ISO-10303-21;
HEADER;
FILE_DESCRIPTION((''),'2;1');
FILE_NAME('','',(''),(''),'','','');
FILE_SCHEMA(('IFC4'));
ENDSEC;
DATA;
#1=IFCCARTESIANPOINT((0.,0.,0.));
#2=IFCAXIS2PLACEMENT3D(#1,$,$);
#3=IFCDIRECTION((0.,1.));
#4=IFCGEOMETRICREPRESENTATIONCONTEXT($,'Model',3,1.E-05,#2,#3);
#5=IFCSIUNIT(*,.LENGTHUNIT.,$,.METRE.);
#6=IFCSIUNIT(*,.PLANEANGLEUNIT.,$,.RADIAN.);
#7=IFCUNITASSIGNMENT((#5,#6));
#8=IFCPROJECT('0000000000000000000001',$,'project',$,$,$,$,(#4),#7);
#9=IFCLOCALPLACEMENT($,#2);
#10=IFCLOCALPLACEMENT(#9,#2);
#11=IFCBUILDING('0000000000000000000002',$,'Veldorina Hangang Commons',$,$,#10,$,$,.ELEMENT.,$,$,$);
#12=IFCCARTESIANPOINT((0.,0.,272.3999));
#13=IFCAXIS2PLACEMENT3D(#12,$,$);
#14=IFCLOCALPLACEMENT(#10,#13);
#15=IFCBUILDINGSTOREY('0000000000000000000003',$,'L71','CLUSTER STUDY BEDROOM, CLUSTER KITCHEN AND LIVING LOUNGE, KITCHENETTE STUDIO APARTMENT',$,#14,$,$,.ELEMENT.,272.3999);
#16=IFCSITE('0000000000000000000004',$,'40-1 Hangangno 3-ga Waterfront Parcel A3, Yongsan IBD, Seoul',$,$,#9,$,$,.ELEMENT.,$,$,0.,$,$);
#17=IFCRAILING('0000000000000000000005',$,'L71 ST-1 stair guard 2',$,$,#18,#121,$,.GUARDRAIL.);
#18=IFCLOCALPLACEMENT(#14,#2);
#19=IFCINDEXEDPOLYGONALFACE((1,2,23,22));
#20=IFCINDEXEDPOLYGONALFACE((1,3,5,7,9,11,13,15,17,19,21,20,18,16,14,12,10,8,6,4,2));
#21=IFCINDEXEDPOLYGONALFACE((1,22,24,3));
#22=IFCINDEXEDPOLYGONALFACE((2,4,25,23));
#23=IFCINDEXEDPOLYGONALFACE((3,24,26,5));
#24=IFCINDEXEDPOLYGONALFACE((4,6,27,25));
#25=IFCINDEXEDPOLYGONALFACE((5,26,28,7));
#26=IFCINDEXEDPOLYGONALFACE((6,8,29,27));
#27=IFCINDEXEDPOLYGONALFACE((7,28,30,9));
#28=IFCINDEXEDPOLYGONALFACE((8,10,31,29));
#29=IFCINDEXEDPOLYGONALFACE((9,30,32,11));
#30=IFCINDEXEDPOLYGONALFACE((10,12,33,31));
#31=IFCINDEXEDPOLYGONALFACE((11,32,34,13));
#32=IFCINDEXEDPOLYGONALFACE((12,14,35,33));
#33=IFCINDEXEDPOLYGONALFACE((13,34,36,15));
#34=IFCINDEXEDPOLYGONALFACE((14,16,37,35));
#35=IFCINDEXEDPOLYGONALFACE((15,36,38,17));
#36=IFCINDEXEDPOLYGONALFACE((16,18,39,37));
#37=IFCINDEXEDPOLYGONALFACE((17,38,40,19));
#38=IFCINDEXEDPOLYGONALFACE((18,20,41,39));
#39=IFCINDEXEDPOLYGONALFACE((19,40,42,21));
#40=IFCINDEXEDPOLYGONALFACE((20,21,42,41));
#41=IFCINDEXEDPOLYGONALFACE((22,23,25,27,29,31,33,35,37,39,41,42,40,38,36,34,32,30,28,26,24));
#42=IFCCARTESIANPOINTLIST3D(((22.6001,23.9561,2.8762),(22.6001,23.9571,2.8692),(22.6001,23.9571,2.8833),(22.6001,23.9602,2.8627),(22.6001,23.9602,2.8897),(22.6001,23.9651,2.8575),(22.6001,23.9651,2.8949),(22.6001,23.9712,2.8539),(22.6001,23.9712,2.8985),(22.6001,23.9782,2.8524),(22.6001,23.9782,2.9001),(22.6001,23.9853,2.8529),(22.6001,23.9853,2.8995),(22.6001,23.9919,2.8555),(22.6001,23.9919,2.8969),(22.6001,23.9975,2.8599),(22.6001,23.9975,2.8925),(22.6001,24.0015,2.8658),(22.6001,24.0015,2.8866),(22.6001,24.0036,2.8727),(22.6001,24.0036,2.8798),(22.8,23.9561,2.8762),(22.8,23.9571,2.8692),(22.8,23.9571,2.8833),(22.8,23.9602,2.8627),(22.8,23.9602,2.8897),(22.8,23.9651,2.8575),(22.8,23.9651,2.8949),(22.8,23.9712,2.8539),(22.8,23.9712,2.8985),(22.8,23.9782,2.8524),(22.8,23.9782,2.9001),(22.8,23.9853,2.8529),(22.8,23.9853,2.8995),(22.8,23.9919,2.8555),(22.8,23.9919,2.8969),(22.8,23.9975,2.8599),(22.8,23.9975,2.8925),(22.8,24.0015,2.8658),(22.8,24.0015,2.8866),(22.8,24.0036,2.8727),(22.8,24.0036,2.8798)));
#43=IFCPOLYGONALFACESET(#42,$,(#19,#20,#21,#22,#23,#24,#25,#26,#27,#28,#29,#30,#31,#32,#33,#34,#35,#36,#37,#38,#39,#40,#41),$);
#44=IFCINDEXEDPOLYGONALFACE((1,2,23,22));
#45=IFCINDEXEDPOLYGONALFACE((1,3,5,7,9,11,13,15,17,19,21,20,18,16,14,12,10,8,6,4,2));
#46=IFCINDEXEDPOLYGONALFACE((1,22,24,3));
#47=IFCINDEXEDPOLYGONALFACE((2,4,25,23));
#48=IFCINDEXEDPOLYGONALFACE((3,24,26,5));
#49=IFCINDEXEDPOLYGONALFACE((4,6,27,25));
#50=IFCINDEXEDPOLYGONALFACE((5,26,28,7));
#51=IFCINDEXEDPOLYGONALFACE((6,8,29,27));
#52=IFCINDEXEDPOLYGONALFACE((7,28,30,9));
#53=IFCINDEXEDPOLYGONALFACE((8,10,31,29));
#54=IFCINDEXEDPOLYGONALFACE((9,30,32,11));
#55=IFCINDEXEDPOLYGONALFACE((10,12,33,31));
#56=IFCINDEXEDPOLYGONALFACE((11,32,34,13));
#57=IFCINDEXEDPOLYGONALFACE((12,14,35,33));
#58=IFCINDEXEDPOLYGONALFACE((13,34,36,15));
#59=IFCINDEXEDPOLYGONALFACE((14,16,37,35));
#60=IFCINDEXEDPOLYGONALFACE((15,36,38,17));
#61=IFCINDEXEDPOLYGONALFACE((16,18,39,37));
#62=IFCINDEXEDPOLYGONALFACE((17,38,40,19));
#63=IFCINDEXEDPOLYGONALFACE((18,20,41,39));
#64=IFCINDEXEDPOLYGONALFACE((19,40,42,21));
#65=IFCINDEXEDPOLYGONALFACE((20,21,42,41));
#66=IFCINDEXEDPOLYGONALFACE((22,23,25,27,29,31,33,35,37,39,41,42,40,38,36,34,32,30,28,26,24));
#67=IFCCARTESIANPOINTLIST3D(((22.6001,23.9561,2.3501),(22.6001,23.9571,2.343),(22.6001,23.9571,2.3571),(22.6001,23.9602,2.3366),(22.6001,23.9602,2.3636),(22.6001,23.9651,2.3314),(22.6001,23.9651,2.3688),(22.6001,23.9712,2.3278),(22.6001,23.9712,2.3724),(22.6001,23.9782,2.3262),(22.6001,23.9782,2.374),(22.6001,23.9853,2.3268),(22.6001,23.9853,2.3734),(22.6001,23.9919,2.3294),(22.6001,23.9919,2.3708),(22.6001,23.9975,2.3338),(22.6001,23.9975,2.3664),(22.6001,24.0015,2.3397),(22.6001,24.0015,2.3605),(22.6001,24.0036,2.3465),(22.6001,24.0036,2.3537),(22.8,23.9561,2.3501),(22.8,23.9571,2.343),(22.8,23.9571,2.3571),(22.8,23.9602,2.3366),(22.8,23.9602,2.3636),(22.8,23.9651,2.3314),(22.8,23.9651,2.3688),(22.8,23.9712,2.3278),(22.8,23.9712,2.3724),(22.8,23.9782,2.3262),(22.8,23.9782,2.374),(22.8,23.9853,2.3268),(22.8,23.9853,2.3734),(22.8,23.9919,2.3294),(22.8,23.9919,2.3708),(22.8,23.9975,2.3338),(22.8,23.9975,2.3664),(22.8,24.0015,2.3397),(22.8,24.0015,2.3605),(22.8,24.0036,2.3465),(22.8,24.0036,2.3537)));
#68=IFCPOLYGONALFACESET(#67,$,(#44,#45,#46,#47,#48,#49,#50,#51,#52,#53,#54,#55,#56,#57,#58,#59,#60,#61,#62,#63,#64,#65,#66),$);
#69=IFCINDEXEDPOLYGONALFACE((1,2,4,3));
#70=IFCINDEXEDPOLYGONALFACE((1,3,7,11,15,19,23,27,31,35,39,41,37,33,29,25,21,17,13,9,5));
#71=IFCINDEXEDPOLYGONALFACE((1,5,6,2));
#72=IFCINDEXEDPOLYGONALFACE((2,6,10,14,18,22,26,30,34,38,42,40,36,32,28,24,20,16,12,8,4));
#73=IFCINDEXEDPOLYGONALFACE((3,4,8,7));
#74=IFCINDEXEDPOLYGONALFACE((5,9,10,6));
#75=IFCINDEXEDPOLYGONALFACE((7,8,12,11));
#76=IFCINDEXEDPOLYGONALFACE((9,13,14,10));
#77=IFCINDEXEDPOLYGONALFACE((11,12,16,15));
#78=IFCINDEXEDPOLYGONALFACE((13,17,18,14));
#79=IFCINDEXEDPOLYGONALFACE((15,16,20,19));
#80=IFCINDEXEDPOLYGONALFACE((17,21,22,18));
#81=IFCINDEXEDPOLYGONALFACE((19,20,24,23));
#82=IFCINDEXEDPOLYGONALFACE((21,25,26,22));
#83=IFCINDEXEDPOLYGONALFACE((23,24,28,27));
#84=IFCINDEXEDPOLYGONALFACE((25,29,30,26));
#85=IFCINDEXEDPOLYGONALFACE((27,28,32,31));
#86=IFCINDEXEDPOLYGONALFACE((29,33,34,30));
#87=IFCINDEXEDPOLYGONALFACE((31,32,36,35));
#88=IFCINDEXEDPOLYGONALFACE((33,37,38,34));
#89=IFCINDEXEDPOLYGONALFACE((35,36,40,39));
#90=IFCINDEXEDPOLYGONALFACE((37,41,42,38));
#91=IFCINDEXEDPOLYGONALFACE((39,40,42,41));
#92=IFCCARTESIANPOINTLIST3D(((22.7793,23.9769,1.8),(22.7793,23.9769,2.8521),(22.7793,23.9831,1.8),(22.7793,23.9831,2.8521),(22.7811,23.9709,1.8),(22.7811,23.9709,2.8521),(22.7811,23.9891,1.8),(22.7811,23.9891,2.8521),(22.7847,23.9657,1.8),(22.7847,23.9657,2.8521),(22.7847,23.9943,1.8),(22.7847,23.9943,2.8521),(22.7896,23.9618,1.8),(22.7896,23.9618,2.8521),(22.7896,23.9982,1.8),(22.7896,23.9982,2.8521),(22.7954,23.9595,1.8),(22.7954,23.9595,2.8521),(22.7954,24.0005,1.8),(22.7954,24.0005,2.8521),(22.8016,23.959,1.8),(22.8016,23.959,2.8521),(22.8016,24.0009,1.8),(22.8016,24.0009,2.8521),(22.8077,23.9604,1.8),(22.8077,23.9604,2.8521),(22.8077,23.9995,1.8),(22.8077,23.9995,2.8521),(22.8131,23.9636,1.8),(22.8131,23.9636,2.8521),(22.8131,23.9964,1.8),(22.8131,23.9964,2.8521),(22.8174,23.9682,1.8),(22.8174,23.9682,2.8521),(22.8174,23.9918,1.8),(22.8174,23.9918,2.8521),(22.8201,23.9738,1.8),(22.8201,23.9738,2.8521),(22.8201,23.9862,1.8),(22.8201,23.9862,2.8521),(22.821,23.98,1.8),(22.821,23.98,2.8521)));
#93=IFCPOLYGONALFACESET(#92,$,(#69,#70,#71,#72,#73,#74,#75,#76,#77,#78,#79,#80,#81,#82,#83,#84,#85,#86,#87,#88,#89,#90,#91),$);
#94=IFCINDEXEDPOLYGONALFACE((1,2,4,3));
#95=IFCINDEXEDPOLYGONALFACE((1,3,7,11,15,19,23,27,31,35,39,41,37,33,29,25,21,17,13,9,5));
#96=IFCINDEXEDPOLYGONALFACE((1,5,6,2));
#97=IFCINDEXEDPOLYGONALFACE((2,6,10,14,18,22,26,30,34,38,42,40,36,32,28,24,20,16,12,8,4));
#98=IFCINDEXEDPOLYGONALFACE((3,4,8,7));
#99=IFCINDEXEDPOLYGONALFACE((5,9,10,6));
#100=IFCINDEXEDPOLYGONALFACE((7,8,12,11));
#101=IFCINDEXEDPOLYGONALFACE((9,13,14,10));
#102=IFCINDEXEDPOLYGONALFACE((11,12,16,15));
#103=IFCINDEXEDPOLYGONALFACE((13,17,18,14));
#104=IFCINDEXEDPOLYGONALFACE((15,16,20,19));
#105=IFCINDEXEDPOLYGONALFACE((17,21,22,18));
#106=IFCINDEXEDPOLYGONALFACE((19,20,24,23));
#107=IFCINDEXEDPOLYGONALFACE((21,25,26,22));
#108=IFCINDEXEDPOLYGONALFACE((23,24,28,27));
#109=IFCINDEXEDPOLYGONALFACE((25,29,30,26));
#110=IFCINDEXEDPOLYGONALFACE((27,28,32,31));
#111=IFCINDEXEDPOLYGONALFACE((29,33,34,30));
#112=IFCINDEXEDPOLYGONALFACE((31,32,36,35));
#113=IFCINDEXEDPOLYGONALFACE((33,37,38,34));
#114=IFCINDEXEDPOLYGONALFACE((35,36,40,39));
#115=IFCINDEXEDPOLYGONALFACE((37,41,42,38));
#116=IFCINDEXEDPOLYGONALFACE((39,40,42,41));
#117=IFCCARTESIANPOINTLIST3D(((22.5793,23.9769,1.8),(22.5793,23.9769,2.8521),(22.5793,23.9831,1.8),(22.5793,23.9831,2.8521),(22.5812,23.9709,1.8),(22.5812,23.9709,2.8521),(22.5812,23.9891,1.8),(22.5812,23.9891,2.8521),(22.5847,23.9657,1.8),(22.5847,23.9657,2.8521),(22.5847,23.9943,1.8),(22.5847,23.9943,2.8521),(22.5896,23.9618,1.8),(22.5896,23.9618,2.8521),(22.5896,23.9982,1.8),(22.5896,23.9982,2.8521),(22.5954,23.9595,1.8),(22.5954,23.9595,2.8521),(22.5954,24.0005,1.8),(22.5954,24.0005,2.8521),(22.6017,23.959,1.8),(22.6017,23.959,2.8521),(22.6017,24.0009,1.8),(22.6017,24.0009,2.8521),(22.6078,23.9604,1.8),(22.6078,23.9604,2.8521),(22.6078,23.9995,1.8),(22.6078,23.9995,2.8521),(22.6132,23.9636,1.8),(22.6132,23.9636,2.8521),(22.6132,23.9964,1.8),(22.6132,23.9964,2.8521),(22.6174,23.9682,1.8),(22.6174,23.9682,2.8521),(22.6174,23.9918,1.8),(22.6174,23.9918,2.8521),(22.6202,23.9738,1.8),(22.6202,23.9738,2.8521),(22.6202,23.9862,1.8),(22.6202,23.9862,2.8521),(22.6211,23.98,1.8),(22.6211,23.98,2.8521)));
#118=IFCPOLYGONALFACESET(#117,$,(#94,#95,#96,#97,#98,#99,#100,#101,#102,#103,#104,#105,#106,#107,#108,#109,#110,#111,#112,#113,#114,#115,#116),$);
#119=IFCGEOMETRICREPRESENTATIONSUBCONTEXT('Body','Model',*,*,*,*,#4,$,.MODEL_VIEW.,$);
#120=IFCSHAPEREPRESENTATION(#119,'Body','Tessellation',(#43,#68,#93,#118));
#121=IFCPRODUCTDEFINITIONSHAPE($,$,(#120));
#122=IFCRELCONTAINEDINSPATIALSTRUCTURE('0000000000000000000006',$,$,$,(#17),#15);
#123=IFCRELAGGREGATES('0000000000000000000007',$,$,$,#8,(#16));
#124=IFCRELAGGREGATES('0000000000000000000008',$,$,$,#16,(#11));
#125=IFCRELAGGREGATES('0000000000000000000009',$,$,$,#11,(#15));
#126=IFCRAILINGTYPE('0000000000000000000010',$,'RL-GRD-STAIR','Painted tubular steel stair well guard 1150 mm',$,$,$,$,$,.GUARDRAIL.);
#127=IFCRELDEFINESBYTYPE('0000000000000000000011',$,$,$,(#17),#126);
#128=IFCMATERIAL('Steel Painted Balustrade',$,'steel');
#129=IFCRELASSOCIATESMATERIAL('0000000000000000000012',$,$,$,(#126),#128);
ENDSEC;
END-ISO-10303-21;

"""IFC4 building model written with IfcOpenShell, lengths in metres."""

from ifc_helpers import new_model, si_unit, direction, frame, origin, origin_2d, place, context, subcontext, project, spatial, circle, extrude, material, type_object, element, save


model = new_model("IFC4")

# Units and contexts
model_context = context("Model", 3, precision=1e-05, world=origin(), true_north=direction((0.0, 1.0)))
body_context = subcontext(model_context, "Body", "Model", "MODEL_VIEW")
ifc_project = project(units=[si_unit("LENGTHUNIT", "METRE"), si_unit("PLANEANGLEUNIT", "RADIAN")], contexts=[model_context])

# Site, building, storey
site_placement = place(None, origin())
site = spatial("IfcSite", under=ifc_project, at=site_placement, Name="40-1 Hangangno 3-ga Waterfront Parcel A3, Yongsan IBD, Seoul", CompositionType="ELEMENT", RefElevation=0.0)
building_placement = place(site_placement, origin())
building = spatial("IfcBuilding", under=site, at=building_placement, Name="Veldorina Hangang Commons", CompositionType="ELEMENT")
storey_placement = place(building_placement, frame((0.0, 0.0, 272.3999)))
storey = spatial("IfcBuildingStorey", under=building, at=storey_placement, Name="L71", Description="CLUSTER STUDY BEDROOM, CLUSTER KITCHEN AND LIVING LOUNGE, KITCHENETTE STUDIO APARTMENT", CompositionType="ELEMENT", Elevation=272.3999)

# Railing
ifc_material_1 = material(Name="Steel Painted Balustrade", Category="steel")
railing_type_1 = type_object("IfcRailingType", Name="RL-GRD-STAIR", Description="Painted tubular steel stair well guard 1150 mm", PredefinedType="GUARDRAIL", material=ifc_material_1)
railing_1_placement = place(storey_placement, frame((22.8, 23.98, 1.8)))
element("IfcRailing", 1, at=railing_1_placement, inside=storey, type_object=railing_type_1, Name="L71 ST-1 stair guard 2", PredefinedType="GUARDRAIL", context=body_context, shape_type="SweptSolid", body=[
    extrude(circle(Radius=0.0239, at=origin_2d()), frame((0.0, 0.0, 1.0762), z_axis=(-1.0, 0.0, 0.0), x_axis=(0.0, -1.0, 0.0)), (0.0, 0.0, 1.0), 0.2),
    extrude(circle(Radius=0.0239, at=origin_2d()), frame((0.0, 0.0, 0.55), z_axis=(-1.0, 0.0, 0.0), x_axis=(0.0, -1.0, 0.0)), (0.0, 0.0, 1.0), 0.2),
    extrude(circle(Radius=0.021, at=origin_2d()), origin(), (0.0, 0.0, 1.0), 1.052),
    extrude(circle(Radius=0.021, at=origin_2d()), frame((-0.2, 0.0, 0.0)), (0.0, 0.0, 1.0), 1.052),
])

save(model, "model.ifc")
